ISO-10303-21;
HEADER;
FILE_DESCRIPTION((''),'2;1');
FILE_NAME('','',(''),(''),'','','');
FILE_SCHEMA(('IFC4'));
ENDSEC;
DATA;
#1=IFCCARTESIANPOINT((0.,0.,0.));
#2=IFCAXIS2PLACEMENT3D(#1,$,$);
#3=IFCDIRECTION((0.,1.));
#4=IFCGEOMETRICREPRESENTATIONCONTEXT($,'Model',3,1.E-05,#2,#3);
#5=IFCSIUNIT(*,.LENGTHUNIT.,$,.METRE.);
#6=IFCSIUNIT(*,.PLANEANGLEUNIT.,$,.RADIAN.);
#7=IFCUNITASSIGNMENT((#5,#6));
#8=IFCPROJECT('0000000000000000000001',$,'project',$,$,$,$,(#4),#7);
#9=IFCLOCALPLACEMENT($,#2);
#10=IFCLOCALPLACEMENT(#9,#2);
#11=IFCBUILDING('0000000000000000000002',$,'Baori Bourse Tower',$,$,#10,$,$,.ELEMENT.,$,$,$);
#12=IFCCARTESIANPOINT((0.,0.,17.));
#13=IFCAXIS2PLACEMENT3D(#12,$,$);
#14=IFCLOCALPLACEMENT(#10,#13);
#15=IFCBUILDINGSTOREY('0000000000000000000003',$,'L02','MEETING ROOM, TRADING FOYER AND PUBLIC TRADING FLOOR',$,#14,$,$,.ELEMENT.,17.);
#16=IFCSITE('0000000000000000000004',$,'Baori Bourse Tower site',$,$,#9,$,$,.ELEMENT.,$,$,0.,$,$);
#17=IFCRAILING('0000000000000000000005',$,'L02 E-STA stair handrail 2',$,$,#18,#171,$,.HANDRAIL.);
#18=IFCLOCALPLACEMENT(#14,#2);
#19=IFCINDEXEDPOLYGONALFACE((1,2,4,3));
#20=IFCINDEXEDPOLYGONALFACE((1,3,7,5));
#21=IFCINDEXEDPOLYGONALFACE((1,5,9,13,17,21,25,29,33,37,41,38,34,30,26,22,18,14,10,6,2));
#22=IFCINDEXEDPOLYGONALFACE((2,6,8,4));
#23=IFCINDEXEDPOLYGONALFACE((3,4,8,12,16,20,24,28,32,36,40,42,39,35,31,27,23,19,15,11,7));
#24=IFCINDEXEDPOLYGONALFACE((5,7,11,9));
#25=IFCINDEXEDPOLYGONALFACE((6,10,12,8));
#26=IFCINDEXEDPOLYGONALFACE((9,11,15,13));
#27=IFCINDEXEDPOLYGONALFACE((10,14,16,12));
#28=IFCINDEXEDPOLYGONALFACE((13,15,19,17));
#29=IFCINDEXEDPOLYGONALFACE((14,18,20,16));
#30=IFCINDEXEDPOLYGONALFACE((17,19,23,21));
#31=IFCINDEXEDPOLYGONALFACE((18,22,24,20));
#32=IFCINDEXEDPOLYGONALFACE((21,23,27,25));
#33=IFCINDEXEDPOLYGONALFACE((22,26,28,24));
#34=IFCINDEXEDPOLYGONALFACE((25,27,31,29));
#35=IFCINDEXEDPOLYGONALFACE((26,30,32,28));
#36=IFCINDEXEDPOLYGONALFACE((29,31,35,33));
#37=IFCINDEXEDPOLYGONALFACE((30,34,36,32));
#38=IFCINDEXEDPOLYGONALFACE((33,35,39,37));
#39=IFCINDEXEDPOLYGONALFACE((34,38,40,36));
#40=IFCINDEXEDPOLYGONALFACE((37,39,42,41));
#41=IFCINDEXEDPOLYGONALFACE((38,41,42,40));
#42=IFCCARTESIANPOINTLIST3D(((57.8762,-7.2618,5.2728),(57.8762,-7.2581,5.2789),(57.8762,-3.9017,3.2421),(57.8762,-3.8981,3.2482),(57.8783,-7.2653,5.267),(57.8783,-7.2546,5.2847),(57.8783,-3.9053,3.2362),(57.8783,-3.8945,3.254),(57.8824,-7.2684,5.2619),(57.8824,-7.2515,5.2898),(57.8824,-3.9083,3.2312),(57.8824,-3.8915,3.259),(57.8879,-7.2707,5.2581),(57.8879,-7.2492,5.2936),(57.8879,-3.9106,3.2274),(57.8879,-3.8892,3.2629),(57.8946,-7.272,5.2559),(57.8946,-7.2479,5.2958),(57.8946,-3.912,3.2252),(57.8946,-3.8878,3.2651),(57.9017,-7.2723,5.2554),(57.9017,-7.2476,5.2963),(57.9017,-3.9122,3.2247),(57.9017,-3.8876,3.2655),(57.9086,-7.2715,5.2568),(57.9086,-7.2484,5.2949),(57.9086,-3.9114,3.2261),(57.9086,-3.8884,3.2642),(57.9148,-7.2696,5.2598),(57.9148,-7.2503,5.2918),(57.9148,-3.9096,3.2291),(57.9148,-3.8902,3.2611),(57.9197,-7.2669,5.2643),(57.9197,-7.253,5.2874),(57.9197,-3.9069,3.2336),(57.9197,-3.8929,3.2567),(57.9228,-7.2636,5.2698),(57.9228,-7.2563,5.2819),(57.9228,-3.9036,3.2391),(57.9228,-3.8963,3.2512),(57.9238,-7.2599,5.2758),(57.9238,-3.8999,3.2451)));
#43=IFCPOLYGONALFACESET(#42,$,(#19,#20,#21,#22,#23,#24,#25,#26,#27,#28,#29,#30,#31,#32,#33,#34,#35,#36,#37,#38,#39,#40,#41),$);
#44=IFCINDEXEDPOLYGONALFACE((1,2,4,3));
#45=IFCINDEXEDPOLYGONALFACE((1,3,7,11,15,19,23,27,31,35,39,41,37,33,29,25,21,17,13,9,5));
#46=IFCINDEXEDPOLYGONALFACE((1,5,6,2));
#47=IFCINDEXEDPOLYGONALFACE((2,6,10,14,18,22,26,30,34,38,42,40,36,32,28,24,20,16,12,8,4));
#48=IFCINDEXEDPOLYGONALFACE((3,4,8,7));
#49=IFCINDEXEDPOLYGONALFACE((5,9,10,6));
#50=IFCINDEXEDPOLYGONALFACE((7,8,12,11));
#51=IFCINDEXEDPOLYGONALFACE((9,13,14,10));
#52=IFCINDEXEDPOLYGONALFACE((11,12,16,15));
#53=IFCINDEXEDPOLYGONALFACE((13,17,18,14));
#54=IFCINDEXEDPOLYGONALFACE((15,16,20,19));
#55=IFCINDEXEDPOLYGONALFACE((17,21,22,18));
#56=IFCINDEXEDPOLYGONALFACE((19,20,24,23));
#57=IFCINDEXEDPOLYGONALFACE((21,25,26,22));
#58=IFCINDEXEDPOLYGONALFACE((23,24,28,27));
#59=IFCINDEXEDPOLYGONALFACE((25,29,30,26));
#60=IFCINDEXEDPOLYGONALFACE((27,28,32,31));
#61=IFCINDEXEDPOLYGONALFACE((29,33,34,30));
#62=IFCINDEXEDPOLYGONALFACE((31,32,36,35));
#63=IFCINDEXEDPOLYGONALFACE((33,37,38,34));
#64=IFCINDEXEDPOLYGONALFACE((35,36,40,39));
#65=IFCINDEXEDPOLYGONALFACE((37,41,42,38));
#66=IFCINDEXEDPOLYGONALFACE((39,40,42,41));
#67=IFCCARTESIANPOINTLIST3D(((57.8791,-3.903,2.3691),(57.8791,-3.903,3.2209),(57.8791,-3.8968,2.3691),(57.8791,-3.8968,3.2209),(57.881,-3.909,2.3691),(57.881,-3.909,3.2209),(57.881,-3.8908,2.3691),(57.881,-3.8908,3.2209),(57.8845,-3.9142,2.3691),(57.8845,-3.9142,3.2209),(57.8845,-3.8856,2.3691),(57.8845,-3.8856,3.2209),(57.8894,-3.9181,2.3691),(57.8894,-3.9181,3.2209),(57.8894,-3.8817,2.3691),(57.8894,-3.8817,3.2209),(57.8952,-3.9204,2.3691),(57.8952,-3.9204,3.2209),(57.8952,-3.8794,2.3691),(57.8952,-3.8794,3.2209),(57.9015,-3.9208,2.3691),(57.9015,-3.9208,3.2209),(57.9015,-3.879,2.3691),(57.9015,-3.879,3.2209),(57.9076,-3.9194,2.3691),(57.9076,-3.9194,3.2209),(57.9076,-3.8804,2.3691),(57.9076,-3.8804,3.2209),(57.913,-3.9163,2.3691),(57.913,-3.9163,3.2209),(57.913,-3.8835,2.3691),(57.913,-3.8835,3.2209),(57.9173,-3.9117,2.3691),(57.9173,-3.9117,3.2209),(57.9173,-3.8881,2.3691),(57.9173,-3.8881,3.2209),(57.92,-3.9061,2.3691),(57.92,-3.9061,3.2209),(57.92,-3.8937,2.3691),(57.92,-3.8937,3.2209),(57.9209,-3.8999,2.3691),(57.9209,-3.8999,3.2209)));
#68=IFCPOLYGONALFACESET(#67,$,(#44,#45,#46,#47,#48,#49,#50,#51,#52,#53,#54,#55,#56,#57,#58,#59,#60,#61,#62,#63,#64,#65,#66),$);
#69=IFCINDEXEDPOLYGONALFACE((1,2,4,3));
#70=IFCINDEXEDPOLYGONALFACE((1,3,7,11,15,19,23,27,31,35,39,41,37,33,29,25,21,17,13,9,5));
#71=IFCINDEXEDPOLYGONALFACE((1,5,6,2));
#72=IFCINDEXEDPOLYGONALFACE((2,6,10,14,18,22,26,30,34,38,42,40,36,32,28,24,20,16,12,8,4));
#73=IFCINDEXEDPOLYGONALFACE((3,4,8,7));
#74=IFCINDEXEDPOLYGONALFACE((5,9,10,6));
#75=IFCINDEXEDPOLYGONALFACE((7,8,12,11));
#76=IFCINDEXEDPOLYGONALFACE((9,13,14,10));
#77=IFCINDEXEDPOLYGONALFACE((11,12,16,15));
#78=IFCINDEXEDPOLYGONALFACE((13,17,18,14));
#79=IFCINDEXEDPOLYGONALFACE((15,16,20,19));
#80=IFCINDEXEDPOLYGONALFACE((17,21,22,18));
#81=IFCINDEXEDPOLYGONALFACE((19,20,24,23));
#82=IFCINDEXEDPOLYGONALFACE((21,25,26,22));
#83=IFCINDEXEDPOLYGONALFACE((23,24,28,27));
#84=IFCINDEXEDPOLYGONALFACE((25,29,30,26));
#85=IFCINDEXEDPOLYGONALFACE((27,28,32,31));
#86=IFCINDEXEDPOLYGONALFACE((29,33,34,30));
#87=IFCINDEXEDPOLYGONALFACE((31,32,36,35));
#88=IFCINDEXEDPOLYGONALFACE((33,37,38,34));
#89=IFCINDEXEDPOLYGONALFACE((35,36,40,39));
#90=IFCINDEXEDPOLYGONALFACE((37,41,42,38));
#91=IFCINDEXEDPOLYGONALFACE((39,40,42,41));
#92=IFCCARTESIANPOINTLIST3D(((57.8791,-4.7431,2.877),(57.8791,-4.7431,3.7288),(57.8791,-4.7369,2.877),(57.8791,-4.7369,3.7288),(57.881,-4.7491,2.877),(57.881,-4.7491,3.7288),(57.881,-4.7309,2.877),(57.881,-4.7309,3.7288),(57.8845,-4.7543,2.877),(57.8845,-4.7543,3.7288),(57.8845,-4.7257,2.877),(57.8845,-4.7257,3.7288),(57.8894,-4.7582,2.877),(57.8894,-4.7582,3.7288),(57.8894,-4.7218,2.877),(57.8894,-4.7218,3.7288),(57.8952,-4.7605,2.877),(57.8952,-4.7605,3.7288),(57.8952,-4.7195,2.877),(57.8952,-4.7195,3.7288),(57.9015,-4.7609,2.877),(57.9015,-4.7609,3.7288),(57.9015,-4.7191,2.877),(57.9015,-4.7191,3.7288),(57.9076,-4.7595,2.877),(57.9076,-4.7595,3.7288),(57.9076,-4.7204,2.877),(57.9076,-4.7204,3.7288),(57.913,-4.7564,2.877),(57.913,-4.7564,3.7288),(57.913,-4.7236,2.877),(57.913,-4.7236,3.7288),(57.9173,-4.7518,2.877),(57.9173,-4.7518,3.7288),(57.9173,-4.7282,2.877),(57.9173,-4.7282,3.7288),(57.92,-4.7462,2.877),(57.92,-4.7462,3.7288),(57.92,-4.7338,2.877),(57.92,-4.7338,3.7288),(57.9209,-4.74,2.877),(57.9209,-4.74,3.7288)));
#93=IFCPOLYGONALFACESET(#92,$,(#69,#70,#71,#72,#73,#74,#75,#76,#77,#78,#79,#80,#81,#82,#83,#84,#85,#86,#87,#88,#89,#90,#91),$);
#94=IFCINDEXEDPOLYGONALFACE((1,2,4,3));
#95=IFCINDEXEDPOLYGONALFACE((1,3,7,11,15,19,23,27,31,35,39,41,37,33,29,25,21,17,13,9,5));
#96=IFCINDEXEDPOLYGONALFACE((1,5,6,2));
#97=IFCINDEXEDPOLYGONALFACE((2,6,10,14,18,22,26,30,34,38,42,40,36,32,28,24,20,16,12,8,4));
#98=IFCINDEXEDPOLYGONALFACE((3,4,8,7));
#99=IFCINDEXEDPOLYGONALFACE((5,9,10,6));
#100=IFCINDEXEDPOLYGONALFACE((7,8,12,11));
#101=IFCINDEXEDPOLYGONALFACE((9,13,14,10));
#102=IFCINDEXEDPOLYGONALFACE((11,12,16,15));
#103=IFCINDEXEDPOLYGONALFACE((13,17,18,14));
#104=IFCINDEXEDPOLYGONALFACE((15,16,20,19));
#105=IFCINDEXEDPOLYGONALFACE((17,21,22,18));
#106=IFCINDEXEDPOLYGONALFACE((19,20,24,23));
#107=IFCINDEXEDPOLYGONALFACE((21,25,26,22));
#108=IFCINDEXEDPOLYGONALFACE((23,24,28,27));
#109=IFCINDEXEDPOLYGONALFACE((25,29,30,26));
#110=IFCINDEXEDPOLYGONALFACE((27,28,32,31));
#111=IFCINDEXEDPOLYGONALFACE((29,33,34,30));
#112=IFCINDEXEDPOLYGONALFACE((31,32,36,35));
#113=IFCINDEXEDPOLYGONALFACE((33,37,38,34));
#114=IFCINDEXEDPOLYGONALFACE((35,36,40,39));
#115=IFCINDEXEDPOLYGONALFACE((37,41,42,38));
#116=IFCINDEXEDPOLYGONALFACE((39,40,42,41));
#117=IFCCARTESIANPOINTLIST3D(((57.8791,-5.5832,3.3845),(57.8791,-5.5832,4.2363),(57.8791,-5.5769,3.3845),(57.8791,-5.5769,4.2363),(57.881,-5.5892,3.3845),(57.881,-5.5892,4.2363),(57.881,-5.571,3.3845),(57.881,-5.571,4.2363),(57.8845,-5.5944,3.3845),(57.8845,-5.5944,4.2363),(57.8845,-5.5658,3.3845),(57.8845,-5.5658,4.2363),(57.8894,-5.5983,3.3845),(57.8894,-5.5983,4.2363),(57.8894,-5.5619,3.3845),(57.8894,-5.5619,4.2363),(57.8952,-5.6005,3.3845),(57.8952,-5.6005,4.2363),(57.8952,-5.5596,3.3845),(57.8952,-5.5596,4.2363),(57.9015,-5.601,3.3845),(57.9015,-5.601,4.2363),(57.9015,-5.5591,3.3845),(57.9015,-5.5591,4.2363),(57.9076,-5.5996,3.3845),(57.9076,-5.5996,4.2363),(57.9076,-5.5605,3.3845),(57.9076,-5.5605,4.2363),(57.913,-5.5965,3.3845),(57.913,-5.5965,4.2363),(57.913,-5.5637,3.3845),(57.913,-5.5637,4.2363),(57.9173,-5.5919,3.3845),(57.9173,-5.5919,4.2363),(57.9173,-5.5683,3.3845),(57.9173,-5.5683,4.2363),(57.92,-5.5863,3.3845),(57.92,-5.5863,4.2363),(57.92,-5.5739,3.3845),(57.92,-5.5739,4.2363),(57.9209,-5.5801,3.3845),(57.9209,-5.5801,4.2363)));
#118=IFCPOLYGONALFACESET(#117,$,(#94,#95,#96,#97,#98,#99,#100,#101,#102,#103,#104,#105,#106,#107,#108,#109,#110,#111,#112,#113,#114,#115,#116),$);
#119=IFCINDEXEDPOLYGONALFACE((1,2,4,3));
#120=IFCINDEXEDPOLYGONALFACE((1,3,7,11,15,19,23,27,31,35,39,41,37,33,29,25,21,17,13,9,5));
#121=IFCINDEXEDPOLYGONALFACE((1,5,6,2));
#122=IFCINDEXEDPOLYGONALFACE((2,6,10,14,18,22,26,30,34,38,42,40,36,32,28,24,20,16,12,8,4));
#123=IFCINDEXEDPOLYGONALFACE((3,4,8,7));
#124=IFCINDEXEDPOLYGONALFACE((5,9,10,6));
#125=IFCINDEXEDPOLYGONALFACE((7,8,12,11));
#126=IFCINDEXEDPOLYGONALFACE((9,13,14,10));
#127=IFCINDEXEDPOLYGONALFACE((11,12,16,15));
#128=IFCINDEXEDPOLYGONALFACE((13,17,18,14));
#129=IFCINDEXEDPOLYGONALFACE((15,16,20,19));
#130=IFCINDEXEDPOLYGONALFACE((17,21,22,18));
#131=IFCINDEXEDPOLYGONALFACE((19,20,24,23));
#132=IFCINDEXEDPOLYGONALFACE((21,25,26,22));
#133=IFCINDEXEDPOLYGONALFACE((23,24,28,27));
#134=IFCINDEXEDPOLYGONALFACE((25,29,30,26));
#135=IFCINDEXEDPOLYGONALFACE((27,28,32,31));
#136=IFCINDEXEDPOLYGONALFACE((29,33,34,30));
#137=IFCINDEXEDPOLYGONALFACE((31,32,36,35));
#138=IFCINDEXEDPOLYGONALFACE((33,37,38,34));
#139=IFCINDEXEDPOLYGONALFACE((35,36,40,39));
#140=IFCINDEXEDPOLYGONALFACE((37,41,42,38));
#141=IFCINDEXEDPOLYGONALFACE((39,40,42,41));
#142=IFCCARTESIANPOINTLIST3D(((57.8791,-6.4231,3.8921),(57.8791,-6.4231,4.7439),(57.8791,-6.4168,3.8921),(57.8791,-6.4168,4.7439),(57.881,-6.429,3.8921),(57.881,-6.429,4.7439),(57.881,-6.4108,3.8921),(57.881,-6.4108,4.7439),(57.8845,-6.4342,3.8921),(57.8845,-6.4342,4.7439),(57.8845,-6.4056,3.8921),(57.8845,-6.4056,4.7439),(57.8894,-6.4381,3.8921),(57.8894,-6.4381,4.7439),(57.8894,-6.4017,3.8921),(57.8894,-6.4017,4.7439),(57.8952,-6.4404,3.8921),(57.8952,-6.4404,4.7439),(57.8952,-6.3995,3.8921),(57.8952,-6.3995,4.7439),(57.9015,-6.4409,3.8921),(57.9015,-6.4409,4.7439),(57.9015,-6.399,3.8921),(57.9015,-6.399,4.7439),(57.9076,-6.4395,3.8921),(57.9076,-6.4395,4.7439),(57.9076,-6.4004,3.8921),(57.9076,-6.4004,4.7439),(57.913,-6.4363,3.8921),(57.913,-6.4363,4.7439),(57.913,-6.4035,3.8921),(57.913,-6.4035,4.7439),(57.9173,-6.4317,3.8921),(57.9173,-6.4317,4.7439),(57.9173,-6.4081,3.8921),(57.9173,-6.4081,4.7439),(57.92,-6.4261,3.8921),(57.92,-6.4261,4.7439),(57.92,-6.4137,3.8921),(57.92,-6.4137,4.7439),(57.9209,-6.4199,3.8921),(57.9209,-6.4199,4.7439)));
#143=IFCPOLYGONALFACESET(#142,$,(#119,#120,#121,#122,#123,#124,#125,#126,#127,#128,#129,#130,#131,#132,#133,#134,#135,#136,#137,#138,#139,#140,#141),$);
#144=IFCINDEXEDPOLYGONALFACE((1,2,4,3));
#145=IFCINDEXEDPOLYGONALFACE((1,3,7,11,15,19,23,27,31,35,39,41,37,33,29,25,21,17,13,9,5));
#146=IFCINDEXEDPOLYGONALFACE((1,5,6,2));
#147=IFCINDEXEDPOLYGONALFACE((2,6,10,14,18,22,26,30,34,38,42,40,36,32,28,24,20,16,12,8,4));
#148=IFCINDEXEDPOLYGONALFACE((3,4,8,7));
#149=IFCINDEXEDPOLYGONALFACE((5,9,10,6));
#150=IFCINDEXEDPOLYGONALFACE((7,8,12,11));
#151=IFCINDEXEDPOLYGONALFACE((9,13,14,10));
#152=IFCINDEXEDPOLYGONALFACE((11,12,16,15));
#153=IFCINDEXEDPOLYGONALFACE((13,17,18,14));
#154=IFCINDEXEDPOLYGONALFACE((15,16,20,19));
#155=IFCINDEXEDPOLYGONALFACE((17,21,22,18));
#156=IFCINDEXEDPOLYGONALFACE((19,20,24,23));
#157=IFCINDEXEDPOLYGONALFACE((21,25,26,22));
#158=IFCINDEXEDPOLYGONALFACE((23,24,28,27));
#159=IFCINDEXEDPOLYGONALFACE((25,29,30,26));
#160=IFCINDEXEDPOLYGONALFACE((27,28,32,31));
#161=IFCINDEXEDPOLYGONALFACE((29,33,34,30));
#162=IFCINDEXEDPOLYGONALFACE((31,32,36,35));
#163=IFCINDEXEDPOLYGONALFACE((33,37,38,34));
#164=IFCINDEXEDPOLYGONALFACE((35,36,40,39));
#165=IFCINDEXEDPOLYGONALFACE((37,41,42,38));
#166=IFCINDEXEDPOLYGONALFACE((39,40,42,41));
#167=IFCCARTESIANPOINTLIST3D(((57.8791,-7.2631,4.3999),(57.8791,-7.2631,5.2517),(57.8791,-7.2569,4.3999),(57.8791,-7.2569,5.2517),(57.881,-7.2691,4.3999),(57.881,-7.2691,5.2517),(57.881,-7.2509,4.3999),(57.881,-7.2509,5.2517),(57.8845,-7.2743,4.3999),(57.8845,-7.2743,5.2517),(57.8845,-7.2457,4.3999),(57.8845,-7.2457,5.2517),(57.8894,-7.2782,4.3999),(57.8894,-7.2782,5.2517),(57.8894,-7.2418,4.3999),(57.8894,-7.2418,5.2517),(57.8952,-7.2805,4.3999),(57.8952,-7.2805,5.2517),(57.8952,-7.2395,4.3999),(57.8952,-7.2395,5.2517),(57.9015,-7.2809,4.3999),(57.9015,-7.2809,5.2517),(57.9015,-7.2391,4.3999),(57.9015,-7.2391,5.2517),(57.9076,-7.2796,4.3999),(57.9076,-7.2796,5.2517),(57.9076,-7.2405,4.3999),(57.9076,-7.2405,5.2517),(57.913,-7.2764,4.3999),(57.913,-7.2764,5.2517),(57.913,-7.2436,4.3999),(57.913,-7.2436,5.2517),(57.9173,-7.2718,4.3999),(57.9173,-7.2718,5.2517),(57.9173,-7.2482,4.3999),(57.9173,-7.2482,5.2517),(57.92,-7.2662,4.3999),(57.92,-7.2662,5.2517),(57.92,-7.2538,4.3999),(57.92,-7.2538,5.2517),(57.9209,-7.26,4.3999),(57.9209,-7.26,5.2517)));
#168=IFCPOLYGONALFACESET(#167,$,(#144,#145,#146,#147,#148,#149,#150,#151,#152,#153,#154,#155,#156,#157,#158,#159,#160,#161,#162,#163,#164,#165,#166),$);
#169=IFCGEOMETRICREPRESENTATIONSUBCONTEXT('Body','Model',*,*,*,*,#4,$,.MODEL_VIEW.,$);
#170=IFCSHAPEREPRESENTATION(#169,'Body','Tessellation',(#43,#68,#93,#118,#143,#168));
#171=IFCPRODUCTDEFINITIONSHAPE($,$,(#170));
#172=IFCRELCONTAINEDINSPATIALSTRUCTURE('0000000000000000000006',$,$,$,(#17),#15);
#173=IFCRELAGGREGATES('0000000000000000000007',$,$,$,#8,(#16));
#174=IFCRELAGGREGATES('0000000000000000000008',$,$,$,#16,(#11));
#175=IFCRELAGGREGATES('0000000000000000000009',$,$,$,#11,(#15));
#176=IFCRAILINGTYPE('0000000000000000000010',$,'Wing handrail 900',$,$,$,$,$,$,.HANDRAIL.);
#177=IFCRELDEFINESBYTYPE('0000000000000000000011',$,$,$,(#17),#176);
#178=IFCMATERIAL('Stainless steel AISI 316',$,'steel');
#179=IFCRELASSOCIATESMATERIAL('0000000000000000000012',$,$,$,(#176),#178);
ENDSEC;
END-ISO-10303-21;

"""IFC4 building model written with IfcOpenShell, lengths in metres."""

from ifc_helpers import new_model, si_unit, direction, frame, origin, origin_2d, place, context, subcontext, project, spatial, circle, extrude, material, type_object, element, save


model = new_model("IFC4")

# Units and contexts
model_context = context("Model", 3, precision=1e-05, world=origin(), true_north=direction((0.0, 1.0)))
body_context = subcontext(model_context, "Body", "Model", "MODEL_VIEW")
ifc_project = project(units=[si_unit("LENGTHUNIT", "METRE"), si_unit("PLANEANGLEUNIT", "RADIAN")], contexts=[model_context])

# Site, building, storey
site_placement = place(None, origin())
site = spatial("IfcSite", under=ifc_project, at=site_placement, Name="Baori Bourse Tower site", CompositionType="ELEMENT", RefElevation=0.0)
building_placement = place(site_placement, origin())
building = spatial("IfcBuilding", under=site, at=building_placement, Name="Baori Bourse Tower", CompositionType="ELEMENT")
storey_placement = place(building_placement, frame((0.0, 0.0, 17.0)))
storey = spatial("IfcBuildingStorey", under=building, at=storey_placement, Name="L02", Description="MEETING ROOM, TRADING FOYER AND PUBLIC TRADING FLOOR", CompositionType="ELEMENT", Elevation=17.0)

# Railing
ifc_material_1 = material(Name="Stainless steel AISI 316", Category="steel")
railing_type_1 = type_object("IfcRailingType", Name="Wing handrail 900", PredefinedType="HANDRAIL", material=ifc_material_1)
railing_1_placement = place(storey_placement, frame((57.8999, -3.8999, 2.3691)))
element("IfcRailing", 1, at=railing_1_placement, inside=storey, type_object=railing_type_1, Name="L02 E-STA stair handrail 2", PredefinedType="HANDRAIL", context=body_context, shape_type="SweptSolid", body=[
    extrude(circle(Radius=0.0239, at=origin_2d()), frame((0.0, 0.0, 0.876), z_axis=(0.0, -0.855837, 0.517246), x_axis=(1.0, 0.0, 0.0)), (0.0, 0.0, 1.0), 3.926),
    extrude(circle(Radius=0.021, at=origin_2d()), origin(), (0.0, 0.0, 1.0), 0.8518),
    extrude(circle(Radius=0.021, at=origin_2d()), frame((0.0, -0.8401, 0.5078)), (0.0, 0.0, 1.0), 0.8518),
    extrude(circle(Radius=0.021, at=origin_2d()), frame((0.0, -1.6802, 1.0154)), (0.0, 0.0, 1.0), 0.8518),
    extrude(circle(Radius=0.021, at=origin_2d()), frame((0.0, -2.52, 1.5229)), (0.0, 0.0, 1.0), 0.8518),
    extrude(circle(Radius=0.021, at=origin_2d()), frame((0.0, -3.3601, 2.0308)), (0.0, 0.0, 1.0), 0.8518),
])

save(model, "model.ifc")
